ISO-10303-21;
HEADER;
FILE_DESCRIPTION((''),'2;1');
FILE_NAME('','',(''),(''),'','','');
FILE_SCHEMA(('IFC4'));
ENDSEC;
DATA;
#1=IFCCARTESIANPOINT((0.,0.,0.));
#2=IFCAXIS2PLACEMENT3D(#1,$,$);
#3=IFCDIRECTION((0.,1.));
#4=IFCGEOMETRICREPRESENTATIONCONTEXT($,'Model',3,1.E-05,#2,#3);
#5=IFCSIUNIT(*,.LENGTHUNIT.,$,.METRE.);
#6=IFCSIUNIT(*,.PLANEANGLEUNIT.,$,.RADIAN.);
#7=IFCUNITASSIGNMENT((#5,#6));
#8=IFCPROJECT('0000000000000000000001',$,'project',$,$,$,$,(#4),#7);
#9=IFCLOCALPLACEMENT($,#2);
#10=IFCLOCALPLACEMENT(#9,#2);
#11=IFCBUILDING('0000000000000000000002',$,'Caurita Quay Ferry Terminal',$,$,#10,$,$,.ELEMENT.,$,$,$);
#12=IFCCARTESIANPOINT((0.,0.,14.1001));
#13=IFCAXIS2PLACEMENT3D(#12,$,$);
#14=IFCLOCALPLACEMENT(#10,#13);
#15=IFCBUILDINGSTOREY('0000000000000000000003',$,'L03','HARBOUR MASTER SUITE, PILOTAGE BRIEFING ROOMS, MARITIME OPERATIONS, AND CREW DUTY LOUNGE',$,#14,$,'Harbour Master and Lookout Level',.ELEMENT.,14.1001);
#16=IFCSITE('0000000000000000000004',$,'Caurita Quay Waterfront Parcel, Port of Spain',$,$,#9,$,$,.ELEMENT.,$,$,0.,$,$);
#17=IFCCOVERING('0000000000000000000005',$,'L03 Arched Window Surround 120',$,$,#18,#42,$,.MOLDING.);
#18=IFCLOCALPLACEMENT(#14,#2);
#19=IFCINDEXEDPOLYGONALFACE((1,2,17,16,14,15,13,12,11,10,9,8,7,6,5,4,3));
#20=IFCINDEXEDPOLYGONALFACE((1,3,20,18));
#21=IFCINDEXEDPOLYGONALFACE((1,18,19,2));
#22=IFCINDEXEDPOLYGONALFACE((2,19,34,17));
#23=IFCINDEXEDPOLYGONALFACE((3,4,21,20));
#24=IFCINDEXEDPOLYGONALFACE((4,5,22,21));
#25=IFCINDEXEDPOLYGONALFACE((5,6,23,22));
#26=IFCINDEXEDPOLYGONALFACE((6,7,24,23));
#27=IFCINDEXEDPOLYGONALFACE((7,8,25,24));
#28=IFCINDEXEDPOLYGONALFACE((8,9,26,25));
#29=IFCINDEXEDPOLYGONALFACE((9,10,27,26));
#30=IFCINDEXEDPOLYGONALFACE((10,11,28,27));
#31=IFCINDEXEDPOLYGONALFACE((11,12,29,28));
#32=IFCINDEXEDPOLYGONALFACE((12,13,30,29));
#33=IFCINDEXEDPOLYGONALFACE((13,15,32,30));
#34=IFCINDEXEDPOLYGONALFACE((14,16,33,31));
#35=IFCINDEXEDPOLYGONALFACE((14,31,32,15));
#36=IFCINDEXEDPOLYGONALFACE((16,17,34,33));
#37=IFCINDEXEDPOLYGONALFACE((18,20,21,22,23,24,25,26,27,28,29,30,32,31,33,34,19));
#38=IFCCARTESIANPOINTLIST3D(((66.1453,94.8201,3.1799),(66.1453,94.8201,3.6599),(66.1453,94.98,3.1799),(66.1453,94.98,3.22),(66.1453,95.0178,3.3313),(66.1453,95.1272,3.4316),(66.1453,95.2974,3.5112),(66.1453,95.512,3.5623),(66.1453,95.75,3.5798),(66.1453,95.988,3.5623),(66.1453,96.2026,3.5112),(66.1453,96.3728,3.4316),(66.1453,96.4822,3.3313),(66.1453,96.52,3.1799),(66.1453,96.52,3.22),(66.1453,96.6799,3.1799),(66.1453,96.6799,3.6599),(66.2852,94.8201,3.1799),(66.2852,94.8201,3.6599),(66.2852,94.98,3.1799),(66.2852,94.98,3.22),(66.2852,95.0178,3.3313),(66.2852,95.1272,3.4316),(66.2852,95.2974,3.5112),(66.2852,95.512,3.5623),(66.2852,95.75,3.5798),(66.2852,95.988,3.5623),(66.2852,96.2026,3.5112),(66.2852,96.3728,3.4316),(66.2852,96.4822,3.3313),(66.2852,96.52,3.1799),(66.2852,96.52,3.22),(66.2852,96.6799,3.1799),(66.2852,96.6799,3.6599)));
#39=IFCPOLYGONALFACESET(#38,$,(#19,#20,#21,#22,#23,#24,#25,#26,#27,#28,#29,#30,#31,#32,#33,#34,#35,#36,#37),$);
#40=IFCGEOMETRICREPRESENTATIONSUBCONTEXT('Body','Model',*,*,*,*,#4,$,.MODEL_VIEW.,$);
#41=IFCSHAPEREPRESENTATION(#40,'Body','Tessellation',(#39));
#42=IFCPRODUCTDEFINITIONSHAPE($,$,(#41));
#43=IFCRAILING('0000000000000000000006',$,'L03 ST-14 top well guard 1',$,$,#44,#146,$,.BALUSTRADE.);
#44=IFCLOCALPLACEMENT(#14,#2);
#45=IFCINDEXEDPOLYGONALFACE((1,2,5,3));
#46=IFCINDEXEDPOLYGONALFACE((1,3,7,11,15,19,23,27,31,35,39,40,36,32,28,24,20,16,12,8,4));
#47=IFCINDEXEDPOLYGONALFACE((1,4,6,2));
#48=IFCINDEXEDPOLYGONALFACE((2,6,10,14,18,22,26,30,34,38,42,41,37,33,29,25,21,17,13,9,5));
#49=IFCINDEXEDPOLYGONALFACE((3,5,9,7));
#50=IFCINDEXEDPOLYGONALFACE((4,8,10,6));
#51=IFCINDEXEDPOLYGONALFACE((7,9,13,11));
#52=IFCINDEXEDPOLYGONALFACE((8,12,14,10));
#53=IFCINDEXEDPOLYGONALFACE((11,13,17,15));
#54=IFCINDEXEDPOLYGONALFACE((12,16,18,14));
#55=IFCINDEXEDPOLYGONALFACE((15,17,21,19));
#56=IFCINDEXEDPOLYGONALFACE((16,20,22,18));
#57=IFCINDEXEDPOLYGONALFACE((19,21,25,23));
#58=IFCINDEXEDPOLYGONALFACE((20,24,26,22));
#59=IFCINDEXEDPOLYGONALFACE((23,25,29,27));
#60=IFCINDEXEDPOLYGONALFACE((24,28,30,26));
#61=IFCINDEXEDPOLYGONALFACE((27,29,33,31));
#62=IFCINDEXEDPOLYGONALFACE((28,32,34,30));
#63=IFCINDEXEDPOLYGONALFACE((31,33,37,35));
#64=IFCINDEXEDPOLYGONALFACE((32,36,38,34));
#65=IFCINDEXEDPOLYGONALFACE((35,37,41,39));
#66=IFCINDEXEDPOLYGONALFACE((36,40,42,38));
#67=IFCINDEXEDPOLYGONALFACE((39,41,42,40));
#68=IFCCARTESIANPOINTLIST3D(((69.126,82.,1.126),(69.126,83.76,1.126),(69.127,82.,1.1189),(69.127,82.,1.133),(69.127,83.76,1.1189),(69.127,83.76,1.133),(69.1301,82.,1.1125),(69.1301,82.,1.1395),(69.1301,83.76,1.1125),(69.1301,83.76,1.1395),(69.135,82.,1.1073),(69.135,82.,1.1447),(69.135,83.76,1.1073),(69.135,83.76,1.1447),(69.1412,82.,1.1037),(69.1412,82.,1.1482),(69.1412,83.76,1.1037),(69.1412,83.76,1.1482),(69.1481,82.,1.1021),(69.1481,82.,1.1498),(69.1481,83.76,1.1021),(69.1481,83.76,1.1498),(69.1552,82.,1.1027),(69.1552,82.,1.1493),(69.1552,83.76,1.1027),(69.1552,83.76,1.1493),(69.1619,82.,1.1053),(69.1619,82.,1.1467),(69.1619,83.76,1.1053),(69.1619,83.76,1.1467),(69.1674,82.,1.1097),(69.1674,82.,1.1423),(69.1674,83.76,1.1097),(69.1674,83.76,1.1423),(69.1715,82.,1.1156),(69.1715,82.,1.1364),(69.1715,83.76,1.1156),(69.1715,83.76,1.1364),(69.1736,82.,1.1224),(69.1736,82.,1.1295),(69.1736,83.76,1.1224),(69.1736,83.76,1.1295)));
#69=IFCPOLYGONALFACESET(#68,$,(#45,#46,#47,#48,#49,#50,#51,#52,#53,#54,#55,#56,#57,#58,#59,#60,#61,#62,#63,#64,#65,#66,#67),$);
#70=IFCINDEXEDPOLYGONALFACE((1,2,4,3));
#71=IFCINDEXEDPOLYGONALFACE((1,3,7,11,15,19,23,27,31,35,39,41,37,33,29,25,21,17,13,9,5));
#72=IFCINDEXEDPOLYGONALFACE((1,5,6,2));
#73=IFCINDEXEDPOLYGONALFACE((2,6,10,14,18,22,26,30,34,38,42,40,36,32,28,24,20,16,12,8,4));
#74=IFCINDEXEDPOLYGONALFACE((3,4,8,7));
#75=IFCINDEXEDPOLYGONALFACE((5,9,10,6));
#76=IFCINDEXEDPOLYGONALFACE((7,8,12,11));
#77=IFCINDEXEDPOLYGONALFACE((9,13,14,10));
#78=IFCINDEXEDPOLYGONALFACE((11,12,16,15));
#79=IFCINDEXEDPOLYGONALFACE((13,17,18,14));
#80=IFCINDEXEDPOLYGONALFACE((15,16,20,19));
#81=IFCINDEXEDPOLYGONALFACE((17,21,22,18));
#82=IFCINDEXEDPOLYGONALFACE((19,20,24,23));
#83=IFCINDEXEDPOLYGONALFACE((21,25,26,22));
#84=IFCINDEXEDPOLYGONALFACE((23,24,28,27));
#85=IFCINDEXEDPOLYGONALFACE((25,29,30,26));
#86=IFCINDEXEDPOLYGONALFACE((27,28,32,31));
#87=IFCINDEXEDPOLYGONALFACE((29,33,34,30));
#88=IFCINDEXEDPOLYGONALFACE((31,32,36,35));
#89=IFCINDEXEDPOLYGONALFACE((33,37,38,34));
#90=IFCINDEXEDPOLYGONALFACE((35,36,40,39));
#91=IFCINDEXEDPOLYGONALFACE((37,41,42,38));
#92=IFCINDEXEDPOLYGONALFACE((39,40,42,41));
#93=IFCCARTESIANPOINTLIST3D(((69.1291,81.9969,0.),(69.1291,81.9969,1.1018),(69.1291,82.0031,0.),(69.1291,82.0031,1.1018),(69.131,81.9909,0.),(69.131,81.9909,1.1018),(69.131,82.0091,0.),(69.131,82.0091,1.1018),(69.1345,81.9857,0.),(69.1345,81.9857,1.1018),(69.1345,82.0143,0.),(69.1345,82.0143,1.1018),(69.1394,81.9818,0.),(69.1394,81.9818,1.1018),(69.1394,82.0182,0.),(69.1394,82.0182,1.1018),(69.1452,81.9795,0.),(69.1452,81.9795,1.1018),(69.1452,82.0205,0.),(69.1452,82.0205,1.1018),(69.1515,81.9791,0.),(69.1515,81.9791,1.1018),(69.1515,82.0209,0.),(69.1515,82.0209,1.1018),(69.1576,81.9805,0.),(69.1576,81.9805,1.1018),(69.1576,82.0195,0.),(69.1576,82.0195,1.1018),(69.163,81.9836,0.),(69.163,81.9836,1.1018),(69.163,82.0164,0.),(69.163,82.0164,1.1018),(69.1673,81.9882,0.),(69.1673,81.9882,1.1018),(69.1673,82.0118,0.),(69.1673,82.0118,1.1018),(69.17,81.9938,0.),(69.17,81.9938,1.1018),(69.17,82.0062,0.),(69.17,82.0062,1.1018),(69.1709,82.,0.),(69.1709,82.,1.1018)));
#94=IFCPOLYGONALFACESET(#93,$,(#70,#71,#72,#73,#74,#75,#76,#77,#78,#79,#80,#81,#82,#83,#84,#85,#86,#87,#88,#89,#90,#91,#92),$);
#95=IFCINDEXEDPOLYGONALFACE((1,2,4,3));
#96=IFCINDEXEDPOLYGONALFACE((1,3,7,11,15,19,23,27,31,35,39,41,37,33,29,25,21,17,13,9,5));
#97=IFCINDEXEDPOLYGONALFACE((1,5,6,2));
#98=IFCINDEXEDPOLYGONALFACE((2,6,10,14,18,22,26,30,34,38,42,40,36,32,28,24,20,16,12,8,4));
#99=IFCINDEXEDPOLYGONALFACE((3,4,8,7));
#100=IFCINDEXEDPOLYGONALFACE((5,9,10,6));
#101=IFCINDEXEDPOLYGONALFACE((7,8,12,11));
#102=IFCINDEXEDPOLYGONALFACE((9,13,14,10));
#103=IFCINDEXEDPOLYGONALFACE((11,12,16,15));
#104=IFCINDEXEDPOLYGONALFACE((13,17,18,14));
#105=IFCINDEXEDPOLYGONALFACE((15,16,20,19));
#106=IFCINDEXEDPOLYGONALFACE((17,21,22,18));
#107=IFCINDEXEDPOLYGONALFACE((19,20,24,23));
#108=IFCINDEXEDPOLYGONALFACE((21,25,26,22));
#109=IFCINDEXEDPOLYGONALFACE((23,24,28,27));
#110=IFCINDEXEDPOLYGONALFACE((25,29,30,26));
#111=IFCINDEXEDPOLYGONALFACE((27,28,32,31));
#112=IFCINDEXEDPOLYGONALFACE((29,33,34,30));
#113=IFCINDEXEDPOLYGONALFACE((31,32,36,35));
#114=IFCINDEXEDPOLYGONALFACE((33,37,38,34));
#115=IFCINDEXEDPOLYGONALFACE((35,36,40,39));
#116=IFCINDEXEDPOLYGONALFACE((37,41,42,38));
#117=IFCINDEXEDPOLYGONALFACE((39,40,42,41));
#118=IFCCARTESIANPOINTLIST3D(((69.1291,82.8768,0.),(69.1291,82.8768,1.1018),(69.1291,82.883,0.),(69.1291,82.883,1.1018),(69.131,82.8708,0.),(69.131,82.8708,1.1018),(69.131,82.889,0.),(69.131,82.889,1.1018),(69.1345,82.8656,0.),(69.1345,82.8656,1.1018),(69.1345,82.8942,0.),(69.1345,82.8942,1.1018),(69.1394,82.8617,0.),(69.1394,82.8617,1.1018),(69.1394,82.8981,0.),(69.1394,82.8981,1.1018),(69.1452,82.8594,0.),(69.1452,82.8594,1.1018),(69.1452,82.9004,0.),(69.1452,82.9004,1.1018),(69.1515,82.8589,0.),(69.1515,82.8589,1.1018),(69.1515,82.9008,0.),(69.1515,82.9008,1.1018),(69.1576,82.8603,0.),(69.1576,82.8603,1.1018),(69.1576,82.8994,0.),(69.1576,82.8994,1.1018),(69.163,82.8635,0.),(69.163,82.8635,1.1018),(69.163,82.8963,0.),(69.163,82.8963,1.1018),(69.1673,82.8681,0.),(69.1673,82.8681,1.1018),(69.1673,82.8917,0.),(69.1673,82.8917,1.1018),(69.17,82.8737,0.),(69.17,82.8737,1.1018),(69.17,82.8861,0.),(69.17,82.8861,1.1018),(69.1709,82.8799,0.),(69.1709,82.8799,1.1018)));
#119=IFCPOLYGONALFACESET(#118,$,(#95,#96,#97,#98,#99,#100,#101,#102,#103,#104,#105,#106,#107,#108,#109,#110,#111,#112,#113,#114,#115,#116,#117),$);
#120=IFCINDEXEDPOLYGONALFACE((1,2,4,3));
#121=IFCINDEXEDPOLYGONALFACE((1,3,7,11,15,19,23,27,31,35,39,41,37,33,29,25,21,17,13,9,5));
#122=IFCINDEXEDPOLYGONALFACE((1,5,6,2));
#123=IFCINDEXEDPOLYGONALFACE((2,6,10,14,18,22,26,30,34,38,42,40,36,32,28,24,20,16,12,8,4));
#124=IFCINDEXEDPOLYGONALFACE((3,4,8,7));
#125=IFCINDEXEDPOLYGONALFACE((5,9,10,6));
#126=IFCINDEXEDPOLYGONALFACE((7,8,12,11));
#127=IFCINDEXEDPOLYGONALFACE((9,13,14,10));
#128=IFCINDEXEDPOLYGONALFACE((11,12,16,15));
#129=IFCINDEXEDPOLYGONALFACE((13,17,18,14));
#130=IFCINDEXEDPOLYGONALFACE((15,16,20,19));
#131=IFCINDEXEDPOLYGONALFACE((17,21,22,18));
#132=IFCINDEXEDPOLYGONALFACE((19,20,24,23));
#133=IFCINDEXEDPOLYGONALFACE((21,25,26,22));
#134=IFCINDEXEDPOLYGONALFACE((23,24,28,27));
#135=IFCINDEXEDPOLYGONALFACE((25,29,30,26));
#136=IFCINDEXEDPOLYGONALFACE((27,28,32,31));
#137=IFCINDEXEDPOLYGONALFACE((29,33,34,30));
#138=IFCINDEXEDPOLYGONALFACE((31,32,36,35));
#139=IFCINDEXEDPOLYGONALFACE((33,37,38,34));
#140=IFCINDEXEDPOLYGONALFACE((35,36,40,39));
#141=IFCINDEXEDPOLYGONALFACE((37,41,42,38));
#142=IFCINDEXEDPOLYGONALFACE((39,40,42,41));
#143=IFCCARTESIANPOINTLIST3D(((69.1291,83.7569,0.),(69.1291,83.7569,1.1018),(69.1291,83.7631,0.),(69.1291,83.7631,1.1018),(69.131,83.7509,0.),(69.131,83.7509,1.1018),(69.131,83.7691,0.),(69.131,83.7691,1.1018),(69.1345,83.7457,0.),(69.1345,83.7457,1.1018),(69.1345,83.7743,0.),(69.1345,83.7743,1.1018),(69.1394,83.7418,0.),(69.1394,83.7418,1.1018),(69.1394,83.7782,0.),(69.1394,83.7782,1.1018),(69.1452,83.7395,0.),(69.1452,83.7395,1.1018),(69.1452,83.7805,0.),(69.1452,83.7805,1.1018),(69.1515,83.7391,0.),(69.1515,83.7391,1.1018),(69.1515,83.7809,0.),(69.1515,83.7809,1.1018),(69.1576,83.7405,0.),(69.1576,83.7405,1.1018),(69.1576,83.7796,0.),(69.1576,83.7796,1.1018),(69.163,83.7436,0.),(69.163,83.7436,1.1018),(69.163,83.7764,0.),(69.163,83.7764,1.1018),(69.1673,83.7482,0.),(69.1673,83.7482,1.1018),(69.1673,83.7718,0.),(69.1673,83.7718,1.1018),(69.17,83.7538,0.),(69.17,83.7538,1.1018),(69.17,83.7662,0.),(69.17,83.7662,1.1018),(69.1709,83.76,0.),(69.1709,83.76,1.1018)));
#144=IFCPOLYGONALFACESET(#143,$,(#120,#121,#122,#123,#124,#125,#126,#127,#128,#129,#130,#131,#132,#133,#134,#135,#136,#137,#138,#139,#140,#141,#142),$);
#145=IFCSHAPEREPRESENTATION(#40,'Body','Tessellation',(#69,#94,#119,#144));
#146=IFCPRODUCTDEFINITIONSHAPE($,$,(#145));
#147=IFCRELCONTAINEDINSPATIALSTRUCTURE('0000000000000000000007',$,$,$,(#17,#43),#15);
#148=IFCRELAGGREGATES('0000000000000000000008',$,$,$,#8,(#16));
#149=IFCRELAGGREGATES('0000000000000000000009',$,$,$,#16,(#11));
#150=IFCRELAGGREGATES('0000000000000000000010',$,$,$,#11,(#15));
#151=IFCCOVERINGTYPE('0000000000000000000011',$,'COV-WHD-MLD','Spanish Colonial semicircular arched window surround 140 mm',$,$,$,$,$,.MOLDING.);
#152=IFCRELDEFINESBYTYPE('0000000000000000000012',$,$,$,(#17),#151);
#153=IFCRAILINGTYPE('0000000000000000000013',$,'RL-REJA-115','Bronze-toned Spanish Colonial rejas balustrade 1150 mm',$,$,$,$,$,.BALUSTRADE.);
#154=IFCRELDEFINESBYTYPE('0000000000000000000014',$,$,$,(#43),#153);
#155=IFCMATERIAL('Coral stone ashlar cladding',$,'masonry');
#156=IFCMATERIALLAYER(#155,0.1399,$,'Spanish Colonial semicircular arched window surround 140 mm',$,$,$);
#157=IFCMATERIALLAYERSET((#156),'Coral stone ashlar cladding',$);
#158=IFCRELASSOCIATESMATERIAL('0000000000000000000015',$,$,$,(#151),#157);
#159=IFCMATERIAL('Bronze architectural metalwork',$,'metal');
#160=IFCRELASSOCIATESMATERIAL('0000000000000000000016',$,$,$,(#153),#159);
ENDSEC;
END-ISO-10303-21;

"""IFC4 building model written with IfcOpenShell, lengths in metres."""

from ifc_helpers import new_model, si_unit, direction, frame, origin, origin_2d, place, context, subcontext, project, spatial, polyline, circle, outline, extrude, material, layer, layer_set, type_object, element, save


model = new_model("IFC4")

# Units and contexts
model_context = context("Model", 3, precision=1e-05, world=origin(), true_north=direction((0.0, 1.0)))
body_context = subcontext(model_context, "Body", "Model", "MODEL_VIEW")
ifc_project = project(units=[si_unit("LENGTHUNIT", "METRE"), si_unit("PLANEANGLEUNIT", "RADIAN")], contexts=[model_context])

# Site, building, storey
site_placement = place(None, origin())
site = spatial("IfcSite", under=ifc_project, at=site_placement, Name="Caurita Quay Waterfront Parcel, Port of Spain", CompositionType="ELEMENT", RefElevation=0.0)
building_placement = place(site_placement, origin())
building = spatial("IfcBuilding", under=site, at=building_placement, Name="Caurita Quay Ferry Terminal", CompositionType="ELEMENT")
storey_placement = place(building_placement, frame((0.0, 0.0, 14.1001)))
storey = spatial("IfcBuildingStorey", under=building, at=storey_placement, Name="L03", Description="HARBOUR MASTER SUITE, PILOTAGE BRIEFING ROOMS, MARITIME OPERATIONS, AND CREW DUTY LOUNGE", LongName="Harbour Master and Lookout Level", CompositionType="ELEMENT", Elevation=14.1001)

# Covering
ifc_material_1 = material(Name="Coral stone ashlar cladding", Category="masonry")
ifc_layer_1 = layer(ifc_material_1, 0.1399, Name="Spanish Colonial semicircular arched window surround 140 mm")
ifc_layer_set_1 = layer_set([ifc_layer_1], Name="Coral stone ashlar cladding")
covering_type_1 = type_object("IfcCoveringType", Name="COV-WHD-MLD", Description="Spanish Colonial semicircular arched window surround 140 mm", PredefinedType="MOLDING", material=ifc_layer_set_1)
covering_1_placement = place(storey_placement, frame((66.2151, 94.8201, 3.1799), z_axis=(0.0, 0.0, 1.0), x_axis=(0.0, 1.0, 0.0)))
element("IfcCovering", 1, at=covering_1_placement, inside=storey, type_object=covering_type_1, Name="L03 Arched Window Surround 120", PredefinedType="MOLDING", context=body_context, shape_type="SweptSolid", body=[
    extrude(outline(polyline([(0.0, 0.0), (0.1599, 0.0), (0.1599, 0.04), (0.1978, 0.1514), (0.3071, 0.2517), (0.4773, 0.3313), (0.6919, 0.3823), (0.9299, 0.3999), (1.168, 0.3823), (1.3826, 0.3313), (1.5527, 0.2517), (1.6621, 0.1514), (1.7, 0.04), (1.7, 0.0), (1.8599, 0.0), (1.8599, 0.48), (0.0, 0.48), (0.0, 0.0)])), frame((0.0, 0.0698, 0.0), z_axis=(0.0, -1.0, 0.0), x_axis=(1.0, 0.0, 0.0)), (0.0, 0.0, 1.0), 0.1399),
])

# Railing
ifc_material_2 = material(Name="Bronze architectural metalwork", Category="metal")
railing_type = type_object("IfcRailingType", Name="RL-REJA-115", Description="Bronze-toned Spanish Colonial rejas balustrade 1150 mm", PredefinedType="BALUSTRADE", material=ifc_material_2)
railing_1_placement = place(storey_placement, frame((69.1499, 82.0, 0.0)))
element("IfcRailing", 2, at=railing_1_placement, inside=storey, type_object=railing_type, Name="L03 ST-14 top well guard 1", PredefinedType="BALUSTRADE", context=body_context, shape_type="SweptSolid", body=[
    extrude(circle(Radius=0.0239, at=origin_2d()), frame((0.0, 0.0, 1.126), z_axis=(0.0, 1.0, 0.0), x_axis=(-1.0, 0.0, 0.0)), (0.0, 0.0, 1.0), 1.76),
    extrude(circle(Radius=0.021, at=origin_2d()), origin(), (0.0, 0.0, 1.0), 1.1018),
    extrude(circle(Radius=0.021, at=origin_2d()), frame((0.0, 0.8799, 0.0)), (0.0, 0.0, 1.0), 1.1018),
    extrude(circle(Radius=0.021, at=origin_2d()), frame((0.0, 1.76, 0.0)), (0.0, 0.0, 1.0), 1.1018),
])

save(model, "model.ifc")
